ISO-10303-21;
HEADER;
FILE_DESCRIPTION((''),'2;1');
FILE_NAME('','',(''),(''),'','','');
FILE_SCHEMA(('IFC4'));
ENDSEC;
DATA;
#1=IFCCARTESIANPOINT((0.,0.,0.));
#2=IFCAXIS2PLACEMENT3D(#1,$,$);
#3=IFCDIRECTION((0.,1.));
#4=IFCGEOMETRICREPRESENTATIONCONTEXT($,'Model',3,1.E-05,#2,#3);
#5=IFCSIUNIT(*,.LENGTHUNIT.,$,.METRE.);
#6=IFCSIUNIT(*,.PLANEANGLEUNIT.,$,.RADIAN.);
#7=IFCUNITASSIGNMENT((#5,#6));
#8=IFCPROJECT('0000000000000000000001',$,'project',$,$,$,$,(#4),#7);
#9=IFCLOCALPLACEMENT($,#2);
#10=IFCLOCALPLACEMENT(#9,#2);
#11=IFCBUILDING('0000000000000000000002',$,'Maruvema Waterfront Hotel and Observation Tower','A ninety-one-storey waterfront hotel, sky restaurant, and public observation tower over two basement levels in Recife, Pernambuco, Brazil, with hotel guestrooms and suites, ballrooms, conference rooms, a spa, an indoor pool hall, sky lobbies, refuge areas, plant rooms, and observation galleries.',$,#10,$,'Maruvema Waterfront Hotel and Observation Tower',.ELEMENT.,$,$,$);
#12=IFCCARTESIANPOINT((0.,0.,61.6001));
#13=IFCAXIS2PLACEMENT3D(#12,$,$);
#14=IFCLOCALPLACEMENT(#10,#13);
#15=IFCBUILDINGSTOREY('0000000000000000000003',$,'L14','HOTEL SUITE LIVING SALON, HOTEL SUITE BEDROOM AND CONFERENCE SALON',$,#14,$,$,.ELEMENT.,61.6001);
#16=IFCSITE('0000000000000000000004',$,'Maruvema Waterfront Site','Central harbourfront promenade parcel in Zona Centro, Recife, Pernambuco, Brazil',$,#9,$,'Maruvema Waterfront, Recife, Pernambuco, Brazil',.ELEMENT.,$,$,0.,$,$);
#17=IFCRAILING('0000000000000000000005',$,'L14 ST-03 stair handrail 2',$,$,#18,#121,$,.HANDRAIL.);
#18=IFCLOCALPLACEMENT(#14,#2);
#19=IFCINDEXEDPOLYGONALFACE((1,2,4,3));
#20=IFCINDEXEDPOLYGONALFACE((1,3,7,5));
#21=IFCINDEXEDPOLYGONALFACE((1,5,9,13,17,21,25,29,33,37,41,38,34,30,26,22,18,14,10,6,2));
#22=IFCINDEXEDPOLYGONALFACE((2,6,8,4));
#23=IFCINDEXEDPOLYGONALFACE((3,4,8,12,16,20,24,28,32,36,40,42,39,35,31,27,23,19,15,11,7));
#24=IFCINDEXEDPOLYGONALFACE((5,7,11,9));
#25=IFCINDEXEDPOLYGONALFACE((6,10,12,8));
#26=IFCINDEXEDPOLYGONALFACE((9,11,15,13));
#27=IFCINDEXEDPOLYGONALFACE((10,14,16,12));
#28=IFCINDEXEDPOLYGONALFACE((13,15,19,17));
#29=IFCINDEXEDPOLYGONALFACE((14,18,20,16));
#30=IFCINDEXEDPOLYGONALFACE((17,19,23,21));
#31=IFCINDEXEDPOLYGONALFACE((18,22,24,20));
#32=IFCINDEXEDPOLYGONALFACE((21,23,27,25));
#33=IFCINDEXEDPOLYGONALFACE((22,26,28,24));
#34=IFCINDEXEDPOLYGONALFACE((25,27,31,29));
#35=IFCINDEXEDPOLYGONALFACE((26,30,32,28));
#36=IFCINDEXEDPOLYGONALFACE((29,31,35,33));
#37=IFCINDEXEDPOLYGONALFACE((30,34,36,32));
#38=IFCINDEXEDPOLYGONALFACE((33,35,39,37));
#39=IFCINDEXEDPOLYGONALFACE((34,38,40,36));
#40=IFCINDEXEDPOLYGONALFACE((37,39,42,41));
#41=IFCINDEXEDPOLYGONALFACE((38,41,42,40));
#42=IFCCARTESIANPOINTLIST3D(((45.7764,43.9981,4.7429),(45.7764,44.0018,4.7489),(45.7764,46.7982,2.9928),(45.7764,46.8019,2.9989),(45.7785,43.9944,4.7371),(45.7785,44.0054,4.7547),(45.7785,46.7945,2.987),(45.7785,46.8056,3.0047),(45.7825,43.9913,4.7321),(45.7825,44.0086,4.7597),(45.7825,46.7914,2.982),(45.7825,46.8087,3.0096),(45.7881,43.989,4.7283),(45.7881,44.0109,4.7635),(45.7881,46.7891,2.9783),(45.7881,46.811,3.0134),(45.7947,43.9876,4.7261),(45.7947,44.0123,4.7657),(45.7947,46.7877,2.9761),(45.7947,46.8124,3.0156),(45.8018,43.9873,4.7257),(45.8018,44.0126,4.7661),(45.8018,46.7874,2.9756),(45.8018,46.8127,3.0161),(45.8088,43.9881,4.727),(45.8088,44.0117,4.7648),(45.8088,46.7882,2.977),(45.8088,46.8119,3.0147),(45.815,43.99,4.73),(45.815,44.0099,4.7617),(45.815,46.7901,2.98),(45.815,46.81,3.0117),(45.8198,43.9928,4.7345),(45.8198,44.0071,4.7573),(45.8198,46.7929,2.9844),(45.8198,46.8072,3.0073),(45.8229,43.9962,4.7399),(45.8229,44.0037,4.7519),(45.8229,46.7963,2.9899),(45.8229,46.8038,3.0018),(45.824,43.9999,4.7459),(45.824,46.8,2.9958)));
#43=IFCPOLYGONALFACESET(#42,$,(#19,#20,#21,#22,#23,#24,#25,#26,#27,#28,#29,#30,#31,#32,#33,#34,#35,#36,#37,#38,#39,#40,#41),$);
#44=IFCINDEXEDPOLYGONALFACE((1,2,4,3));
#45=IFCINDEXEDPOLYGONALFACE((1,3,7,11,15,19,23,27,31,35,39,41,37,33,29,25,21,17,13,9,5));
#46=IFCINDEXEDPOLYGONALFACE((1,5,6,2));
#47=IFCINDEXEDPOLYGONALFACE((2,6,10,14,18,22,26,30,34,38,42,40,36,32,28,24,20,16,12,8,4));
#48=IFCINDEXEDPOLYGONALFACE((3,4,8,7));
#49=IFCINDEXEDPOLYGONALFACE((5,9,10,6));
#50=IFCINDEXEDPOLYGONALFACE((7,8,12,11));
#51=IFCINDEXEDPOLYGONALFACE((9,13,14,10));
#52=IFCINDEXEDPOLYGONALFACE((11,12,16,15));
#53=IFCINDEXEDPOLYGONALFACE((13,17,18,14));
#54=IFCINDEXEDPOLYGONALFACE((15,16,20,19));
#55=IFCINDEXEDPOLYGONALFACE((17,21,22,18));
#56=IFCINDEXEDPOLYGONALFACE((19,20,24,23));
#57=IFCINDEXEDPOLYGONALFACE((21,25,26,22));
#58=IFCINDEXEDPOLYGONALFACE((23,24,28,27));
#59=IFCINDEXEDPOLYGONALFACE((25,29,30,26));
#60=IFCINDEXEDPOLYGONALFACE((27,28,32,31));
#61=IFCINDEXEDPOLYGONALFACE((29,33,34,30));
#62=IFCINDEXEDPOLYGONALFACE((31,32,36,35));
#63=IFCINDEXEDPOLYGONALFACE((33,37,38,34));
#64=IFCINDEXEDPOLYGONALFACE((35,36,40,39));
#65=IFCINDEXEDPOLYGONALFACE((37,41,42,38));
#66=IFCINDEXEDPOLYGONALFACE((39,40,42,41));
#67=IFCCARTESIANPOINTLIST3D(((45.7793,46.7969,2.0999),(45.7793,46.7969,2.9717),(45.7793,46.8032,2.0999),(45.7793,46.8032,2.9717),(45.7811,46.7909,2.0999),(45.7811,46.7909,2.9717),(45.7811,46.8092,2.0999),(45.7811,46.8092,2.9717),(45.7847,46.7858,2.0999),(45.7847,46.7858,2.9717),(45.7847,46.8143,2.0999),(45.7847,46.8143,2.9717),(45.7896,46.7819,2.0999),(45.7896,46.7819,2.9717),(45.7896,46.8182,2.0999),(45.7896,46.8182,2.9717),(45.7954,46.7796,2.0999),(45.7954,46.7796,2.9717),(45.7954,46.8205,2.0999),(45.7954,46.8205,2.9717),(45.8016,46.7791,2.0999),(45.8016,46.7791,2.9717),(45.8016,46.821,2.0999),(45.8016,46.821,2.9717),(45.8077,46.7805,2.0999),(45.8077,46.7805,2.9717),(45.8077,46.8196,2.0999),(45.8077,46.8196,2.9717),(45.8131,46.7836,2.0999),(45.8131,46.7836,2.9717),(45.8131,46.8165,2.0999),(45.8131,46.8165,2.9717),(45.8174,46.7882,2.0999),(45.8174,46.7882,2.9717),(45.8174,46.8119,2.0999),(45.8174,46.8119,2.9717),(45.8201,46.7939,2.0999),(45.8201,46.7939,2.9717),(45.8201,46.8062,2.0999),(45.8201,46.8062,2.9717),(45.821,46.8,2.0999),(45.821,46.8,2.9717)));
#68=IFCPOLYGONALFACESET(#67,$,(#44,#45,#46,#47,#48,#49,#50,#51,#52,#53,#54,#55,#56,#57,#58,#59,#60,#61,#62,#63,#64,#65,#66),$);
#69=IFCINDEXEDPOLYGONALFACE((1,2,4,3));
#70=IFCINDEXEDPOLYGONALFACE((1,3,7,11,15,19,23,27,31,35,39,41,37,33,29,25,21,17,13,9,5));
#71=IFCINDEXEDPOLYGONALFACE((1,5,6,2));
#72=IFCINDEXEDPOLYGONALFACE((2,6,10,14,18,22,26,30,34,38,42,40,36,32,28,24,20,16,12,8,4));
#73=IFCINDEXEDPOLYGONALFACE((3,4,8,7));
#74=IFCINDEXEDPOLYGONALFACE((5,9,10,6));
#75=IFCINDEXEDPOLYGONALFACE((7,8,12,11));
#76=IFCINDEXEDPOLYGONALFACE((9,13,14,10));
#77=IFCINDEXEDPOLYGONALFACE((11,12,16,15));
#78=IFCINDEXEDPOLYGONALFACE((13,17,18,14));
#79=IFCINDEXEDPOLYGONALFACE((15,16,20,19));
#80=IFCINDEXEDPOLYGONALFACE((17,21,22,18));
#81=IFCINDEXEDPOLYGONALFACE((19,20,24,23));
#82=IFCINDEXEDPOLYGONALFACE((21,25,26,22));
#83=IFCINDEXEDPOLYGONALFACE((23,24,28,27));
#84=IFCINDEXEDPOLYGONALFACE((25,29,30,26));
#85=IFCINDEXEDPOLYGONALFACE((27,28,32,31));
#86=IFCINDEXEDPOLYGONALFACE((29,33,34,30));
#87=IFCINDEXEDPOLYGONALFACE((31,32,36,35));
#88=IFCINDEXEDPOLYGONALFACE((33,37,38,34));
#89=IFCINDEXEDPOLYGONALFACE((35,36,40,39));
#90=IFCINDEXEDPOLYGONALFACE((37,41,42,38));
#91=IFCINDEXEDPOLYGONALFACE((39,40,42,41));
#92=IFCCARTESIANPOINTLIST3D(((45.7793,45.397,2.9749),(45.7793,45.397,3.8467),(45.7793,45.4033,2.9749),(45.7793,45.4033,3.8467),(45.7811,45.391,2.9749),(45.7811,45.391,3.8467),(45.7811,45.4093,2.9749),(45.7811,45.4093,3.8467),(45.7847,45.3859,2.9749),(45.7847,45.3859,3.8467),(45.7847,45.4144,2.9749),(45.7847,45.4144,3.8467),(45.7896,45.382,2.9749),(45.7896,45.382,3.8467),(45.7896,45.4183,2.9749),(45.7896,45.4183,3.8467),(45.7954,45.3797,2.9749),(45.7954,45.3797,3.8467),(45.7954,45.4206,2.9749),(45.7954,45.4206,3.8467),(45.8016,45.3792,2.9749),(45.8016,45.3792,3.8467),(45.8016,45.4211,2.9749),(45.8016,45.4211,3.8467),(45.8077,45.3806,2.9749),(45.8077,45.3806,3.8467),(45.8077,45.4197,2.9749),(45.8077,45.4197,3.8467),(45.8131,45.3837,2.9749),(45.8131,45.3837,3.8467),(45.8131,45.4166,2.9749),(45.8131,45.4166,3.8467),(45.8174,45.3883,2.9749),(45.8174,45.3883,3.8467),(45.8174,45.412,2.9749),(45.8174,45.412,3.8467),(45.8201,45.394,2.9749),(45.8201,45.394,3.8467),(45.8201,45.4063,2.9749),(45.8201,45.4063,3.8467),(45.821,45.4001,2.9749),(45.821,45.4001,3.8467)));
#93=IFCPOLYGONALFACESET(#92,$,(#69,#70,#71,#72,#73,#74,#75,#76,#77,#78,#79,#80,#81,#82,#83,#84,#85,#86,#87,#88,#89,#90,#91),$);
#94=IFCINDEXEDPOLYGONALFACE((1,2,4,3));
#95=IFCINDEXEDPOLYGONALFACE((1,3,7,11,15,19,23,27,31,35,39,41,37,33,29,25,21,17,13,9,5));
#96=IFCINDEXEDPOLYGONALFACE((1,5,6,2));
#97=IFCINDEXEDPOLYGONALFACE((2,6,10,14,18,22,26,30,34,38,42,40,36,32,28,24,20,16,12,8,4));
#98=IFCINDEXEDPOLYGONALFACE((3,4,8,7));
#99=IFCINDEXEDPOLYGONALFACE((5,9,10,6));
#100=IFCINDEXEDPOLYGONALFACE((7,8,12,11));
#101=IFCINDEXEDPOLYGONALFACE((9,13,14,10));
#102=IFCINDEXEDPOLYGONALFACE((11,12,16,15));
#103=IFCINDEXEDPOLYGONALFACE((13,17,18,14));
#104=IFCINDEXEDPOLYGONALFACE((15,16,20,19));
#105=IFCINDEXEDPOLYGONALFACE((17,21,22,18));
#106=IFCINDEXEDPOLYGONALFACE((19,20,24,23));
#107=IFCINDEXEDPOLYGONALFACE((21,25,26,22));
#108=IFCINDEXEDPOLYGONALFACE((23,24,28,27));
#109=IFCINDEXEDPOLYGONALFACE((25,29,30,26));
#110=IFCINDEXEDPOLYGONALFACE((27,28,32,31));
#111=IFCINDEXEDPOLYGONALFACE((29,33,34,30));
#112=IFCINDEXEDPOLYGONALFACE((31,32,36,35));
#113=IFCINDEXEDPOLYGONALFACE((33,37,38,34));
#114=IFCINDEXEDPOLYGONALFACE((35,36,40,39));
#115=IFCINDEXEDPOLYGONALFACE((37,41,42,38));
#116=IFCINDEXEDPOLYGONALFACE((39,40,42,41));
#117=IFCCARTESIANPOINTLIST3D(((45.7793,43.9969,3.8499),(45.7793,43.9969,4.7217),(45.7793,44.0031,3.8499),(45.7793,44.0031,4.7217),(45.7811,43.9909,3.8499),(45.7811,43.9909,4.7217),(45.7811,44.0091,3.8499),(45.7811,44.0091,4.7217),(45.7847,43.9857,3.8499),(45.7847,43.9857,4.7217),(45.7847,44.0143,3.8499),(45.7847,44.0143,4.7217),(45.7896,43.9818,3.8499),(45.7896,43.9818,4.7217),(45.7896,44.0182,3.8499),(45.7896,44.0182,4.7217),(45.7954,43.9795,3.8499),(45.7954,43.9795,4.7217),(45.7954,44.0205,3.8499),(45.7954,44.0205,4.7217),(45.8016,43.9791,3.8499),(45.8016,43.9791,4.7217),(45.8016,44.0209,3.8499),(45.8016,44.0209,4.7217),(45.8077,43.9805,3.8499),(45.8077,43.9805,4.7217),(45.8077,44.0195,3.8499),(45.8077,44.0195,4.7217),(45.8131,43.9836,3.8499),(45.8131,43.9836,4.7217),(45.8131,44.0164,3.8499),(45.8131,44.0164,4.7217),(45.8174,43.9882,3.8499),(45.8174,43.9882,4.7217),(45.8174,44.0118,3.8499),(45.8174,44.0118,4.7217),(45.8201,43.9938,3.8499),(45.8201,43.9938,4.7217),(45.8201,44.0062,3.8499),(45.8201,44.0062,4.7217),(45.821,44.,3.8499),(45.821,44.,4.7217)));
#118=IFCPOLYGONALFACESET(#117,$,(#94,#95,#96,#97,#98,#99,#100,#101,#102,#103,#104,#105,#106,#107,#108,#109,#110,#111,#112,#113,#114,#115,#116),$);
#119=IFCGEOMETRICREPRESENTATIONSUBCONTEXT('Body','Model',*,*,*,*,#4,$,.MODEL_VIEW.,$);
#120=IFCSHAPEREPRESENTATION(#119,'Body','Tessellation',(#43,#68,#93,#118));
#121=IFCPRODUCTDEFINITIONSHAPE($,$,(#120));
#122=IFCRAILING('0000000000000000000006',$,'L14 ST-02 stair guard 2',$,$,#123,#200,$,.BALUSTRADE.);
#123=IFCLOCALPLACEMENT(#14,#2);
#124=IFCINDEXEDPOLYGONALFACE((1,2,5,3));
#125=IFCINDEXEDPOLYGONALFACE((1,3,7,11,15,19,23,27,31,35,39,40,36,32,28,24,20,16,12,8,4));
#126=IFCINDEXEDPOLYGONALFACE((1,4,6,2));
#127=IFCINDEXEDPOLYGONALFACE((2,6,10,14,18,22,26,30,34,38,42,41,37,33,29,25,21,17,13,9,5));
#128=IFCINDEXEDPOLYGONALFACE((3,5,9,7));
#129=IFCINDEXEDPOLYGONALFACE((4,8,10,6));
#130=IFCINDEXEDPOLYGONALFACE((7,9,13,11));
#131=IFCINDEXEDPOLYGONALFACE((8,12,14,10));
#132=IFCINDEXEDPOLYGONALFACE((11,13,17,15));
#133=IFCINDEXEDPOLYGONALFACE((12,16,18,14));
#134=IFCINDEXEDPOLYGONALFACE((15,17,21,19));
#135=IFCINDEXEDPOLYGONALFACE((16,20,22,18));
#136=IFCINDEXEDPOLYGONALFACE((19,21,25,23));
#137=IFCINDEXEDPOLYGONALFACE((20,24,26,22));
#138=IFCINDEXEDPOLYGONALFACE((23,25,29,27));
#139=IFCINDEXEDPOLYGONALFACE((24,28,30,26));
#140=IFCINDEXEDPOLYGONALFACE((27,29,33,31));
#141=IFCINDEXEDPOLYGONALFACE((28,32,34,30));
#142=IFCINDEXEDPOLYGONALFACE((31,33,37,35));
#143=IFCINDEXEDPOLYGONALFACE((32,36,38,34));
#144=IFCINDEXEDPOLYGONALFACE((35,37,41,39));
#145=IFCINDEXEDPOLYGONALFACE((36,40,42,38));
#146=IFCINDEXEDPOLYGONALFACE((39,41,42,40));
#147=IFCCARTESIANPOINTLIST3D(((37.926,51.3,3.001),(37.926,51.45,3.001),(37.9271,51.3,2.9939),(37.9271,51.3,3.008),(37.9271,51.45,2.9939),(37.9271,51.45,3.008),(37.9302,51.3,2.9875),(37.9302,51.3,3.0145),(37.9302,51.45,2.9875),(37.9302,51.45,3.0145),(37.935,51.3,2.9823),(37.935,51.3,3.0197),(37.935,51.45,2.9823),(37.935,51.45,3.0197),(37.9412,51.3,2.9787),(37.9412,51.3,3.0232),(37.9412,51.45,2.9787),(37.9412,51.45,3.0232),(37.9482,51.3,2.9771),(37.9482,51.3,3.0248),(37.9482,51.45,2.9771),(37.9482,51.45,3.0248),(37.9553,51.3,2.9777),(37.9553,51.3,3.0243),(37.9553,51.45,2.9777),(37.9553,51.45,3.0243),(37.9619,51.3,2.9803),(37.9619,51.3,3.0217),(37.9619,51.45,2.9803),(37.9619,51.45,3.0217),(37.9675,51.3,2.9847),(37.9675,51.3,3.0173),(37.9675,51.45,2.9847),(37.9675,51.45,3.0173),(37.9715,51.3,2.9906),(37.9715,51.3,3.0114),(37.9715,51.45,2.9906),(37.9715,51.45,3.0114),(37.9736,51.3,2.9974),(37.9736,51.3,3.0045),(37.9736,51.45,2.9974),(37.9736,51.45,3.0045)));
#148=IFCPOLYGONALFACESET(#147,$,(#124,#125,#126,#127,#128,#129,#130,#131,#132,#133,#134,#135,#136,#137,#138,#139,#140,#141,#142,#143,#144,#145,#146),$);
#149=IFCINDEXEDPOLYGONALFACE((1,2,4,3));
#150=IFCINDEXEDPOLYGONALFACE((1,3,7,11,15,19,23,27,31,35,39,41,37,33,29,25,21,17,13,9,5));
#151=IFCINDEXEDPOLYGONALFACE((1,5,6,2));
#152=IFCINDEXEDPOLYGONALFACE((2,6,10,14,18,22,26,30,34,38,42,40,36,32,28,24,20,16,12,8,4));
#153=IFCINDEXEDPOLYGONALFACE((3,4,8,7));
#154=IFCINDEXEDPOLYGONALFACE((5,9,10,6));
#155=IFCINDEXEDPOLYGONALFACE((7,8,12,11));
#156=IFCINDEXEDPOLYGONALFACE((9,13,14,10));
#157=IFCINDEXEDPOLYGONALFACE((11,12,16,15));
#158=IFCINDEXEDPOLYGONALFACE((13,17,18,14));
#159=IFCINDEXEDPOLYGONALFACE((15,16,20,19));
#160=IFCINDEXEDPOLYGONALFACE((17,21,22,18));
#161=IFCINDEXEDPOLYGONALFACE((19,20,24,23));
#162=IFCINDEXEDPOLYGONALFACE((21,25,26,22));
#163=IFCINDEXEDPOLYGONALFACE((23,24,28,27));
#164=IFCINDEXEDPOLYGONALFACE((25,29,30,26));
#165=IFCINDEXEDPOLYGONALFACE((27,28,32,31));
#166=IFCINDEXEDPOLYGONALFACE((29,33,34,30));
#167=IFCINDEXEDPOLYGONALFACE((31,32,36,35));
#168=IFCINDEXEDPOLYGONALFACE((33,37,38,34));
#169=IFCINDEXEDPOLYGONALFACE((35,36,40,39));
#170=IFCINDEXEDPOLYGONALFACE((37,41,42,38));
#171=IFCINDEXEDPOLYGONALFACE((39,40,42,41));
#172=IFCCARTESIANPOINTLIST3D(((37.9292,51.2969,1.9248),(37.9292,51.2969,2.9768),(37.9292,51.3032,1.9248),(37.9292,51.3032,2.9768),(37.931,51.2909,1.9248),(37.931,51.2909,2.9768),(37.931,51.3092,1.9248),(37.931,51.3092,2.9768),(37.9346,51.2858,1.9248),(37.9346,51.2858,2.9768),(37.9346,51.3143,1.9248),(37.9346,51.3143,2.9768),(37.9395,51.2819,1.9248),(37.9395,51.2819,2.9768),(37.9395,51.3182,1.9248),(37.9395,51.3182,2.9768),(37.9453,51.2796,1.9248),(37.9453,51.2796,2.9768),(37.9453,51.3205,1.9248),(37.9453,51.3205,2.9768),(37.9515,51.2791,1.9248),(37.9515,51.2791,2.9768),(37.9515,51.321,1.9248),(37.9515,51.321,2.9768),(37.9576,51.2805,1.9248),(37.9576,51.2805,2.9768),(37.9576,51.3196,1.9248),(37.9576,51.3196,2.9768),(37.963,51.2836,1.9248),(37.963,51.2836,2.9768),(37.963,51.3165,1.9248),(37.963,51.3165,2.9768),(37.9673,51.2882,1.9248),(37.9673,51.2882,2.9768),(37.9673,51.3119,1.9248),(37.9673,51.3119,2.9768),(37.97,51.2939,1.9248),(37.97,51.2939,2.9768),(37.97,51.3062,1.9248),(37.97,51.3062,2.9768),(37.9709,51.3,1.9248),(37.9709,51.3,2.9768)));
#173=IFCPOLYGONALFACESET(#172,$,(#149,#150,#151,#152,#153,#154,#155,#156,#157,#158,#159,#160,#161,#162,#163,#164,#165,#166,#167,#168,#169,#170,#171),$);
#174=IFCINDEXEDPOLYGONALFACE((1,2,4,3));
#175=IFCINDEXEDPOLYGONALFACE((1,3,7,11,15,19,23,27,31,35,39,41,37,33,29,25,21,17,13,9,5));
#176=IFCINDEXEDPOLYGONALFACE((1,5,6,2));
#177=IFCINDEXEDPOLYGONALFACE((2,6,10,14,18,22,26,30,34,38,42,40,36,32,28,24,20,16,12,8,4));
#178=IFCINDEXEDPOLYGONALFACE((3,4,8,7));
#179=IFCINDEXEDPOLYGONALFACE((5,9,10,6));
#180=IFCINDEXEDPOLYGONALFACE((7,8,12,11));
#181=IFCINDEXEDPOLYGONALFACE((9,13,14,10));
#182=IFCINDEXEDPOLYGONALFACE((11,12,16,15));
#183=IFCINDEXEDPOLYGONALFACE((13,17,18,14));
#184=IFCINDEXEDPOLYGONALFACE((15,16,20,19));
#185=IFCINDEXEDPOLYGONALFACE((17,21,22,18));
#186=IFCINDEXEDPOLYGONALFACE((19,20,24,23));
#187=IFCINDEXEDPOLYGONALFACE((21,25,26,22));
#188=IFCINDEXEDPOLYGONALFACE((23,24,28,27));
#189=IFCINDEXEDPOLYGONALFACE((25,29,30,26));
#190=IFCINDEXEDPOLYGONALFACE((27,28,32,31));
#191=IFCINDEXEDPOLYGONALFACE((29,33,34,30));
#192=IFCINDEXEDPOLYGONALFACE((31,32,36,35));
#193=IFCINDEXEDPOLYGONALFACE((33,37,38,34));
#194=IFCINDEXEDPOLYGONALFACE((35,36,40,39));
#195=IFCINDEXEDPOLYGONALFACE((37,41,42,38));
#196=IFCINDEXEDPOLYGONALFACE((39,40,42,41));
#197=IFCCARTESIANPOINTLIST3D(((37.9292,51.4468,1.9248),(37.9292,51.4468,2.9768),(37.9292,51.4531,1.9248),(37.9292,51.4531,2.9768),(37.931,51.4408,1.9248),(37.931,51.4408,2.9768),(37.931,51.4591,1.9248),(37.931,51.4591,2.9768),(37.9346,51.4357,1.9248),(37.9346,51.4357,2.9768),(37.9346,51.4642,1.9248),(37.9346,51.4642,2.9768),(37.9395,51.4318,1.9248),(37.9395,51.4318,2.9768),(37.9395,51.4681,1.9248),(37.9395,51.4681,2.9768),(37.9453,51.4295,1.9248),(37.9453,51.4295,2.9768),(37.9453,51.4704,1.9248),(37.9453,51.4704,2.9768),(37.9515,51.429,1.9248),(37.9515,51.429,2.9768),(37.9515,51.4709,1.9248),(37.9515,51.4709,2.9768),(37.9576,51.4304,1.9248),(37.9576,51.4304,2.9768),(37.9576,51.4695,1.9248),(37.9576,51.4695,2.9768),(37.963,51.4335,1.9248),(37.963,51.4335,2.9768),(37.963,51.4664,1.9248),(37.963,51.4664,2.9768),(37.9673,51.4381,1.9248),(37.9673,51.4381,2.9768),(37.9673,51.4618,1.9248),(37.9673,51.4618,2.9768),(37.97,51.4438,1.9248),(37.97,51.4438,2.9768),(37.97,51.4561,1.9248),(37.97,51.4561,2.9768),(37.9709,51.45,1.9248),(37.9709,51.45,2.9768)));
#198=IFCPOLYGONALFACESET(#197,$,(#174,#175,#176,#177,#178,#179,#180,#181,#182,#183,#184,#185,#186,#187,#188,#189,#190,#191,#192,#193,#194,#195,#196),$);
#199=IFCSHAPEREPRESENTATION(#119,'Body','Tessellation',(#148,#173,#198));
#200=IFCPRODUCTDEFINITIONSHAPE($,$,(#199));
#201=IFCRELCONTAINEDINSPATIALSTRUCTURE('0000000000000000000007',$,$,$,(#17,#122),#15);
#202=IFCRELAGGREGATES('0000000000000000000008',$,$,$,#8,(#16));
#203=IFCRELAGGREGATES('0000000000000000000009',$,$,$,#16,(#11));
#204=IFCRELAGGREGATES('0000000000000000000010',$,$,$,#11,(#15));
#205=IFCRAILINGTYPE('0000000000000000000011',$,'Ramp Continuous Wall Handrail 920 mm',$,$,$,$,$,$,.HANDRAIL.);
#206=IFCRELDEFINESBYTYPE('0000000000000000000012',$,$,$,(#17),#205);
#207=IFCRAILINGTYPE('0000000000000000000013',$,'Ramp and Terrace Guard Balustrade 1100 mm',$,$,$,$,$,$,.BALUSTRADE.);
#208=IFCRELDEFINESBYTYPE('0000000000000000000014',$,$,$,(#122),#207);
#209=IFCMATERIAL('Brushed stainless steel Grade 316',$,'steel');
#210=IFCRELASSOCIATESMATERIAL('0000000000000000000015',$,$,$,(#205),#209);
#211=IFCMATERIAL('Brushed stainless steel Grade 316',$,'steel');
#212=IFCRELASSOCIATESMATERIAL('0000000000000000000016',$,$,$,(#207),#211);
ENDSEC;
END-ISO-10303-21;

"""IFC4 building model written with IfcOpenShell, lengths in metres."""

from ifc_helpers import new_model, si_unit, direction, frame, origin, origin_2d, place, context, subcontext, project, spatial, circle, extrude, material, type_object, element, save


model = new_model("IFC4")

# Units and contexts
model_context = context("Model", 3, precision=1e-05, world=origin(), true_north=direction((0.0, 1.0)))
body_context = subcontext(model_context, "Body", "Model", "MODEL_VIEW")
ifc_project = project(units=[si_unit("LENGTHUNIT", "METRE"), si_unit("PLANEANGLEUNIT", "RADIAN")], contexts=[model_context])

# Site, building, storey
site_placement = place(None, origin())
site = spatial("IfcSite", under=ifc_project, at=site_placement, Name="Maruvema Waterfront Site", Description="Central harbourfront promenade parcel in Zona Centro, Recife, Pernambuco, Brazil", LongName="Maruvema Waterfront, Recife, Pernambuco, Brazil", CompositionType="ELEMENT", RefElevation=0.0)
building_placement = place(site_placement, origin())
building = spatial("IfcBuilding", under=site, at=building_placement, Name="Maruvema Waterfront Hotel and Observation Tower", Description="A ninety-one-storey waterfront hotel, sky restaurant, and public observation tower over two basement levels in Recife, Pernambuco, Brazil, with hotel guestrooms and suites, ballrooms, conference rooms, a spa, an indoor pool hall, sky lobbies, refuge areas, plant rooms, and observation galleries.", LongName="Maruvema Waterfront Hotel and Observation Tower", CompositionType="ELEMENT")
storey_placement = place(building_placement, frame((0.0, 0.0, 61.6001)))
storey = spatial("IfcBuildingStorey", under=building, at=storey_placement, Name="L14", Description="HOTEL SUITE LIVING SALON, HOTEL SUITE BEDROOM AND CONFERENCE SALON", CompositionType="ELEMENT", Elevation=61.6001)

# Railings
ifc_material_1 = material(Name="Brushed stainless steel Grade 316", Category="steel")
railing_type_1 = type_object("IfcRailingType", Name="Ramp Continuous Wall Handrail 920 mm", PredefinedType="HANDRAIL", material=ifc_material_1)
railing_1_placement = place(storey_placement, frame((45.8, 46.8, 2.0999)))
element("IfcRailing", 1, at=railing_1_placement, inside=storey, type_object=railing_type_1, Name="L14 ST-03 stair handrail 2", PredefinedType="HANDRAIL", context=body_context, shape_type="SweptSolid", body=[
    extrude(circle(Radius=0.0239, at=origin_2d()), frame((0.0, 0.0, 0.896), z_axis=(0.0, -0.848002, 0.529992), x_axis=(1.0, 0.0, 0.0)), (0.0, 0.0, 1.0), 3.302),
    extrude(circle(Radius=0.021, at=origin_2d()), origin(), (0.0, 0.0, 1.0), 0.8718),
    extrude(circle(Radius=0.021, at=origin_2d()), frame((0.0, -1.3999, 0.875)), (0.0, 0.0, 1.0), 0.8718),
    extrude(circle(Radius=0.021, at=origin_2d()), frame((0.0, -2.8, 1.75)), (0.0, 0.0, 1.0), 0.8718),
])
ifc_material_2 = material(Name="Brushed stainless steel Grade 316", Category="steel")
railing_type_2 = type_object("IfcRailingType", Name="Ramp and Terrace Guard Balustrade 1100 mm", PredefinedType="BALUSTRADE", material=ifc_material_2)
railing_2_placement = place(storey_placement, frame((37.95, 51.3, 1.9248)))
element("IfcRailing", 2, at=railing_2_placement, inside=storey, type_object=railing_type_2, Name="L14 ST-02 stair guard 2", PredefinedType="BALUSTRADE", context=body_context, shape_type="SweptSolid", body=[
    extrude(circle(Radius=0.0239, at=origin_2d()), frame((0.0, 0.0, 1.0762), z_axis=(0.0, 1.0, 0.0), x_axis=(-1.0, 0.0, 0.0)), (0.0, 0.0, 1.0), 0.1499),
    extrude(circle(Radius=0.021, at=origin_2d()), origin(), (0.0, 0.0, 1.0), 1.052),
    extrude(circle(Radius=0.021, at=origin_2d()), frame((0.0, 0.1499, 0.0)), (0.0, 0.0, 1.0), 1.052),
])

save(model, "model.ifc")
